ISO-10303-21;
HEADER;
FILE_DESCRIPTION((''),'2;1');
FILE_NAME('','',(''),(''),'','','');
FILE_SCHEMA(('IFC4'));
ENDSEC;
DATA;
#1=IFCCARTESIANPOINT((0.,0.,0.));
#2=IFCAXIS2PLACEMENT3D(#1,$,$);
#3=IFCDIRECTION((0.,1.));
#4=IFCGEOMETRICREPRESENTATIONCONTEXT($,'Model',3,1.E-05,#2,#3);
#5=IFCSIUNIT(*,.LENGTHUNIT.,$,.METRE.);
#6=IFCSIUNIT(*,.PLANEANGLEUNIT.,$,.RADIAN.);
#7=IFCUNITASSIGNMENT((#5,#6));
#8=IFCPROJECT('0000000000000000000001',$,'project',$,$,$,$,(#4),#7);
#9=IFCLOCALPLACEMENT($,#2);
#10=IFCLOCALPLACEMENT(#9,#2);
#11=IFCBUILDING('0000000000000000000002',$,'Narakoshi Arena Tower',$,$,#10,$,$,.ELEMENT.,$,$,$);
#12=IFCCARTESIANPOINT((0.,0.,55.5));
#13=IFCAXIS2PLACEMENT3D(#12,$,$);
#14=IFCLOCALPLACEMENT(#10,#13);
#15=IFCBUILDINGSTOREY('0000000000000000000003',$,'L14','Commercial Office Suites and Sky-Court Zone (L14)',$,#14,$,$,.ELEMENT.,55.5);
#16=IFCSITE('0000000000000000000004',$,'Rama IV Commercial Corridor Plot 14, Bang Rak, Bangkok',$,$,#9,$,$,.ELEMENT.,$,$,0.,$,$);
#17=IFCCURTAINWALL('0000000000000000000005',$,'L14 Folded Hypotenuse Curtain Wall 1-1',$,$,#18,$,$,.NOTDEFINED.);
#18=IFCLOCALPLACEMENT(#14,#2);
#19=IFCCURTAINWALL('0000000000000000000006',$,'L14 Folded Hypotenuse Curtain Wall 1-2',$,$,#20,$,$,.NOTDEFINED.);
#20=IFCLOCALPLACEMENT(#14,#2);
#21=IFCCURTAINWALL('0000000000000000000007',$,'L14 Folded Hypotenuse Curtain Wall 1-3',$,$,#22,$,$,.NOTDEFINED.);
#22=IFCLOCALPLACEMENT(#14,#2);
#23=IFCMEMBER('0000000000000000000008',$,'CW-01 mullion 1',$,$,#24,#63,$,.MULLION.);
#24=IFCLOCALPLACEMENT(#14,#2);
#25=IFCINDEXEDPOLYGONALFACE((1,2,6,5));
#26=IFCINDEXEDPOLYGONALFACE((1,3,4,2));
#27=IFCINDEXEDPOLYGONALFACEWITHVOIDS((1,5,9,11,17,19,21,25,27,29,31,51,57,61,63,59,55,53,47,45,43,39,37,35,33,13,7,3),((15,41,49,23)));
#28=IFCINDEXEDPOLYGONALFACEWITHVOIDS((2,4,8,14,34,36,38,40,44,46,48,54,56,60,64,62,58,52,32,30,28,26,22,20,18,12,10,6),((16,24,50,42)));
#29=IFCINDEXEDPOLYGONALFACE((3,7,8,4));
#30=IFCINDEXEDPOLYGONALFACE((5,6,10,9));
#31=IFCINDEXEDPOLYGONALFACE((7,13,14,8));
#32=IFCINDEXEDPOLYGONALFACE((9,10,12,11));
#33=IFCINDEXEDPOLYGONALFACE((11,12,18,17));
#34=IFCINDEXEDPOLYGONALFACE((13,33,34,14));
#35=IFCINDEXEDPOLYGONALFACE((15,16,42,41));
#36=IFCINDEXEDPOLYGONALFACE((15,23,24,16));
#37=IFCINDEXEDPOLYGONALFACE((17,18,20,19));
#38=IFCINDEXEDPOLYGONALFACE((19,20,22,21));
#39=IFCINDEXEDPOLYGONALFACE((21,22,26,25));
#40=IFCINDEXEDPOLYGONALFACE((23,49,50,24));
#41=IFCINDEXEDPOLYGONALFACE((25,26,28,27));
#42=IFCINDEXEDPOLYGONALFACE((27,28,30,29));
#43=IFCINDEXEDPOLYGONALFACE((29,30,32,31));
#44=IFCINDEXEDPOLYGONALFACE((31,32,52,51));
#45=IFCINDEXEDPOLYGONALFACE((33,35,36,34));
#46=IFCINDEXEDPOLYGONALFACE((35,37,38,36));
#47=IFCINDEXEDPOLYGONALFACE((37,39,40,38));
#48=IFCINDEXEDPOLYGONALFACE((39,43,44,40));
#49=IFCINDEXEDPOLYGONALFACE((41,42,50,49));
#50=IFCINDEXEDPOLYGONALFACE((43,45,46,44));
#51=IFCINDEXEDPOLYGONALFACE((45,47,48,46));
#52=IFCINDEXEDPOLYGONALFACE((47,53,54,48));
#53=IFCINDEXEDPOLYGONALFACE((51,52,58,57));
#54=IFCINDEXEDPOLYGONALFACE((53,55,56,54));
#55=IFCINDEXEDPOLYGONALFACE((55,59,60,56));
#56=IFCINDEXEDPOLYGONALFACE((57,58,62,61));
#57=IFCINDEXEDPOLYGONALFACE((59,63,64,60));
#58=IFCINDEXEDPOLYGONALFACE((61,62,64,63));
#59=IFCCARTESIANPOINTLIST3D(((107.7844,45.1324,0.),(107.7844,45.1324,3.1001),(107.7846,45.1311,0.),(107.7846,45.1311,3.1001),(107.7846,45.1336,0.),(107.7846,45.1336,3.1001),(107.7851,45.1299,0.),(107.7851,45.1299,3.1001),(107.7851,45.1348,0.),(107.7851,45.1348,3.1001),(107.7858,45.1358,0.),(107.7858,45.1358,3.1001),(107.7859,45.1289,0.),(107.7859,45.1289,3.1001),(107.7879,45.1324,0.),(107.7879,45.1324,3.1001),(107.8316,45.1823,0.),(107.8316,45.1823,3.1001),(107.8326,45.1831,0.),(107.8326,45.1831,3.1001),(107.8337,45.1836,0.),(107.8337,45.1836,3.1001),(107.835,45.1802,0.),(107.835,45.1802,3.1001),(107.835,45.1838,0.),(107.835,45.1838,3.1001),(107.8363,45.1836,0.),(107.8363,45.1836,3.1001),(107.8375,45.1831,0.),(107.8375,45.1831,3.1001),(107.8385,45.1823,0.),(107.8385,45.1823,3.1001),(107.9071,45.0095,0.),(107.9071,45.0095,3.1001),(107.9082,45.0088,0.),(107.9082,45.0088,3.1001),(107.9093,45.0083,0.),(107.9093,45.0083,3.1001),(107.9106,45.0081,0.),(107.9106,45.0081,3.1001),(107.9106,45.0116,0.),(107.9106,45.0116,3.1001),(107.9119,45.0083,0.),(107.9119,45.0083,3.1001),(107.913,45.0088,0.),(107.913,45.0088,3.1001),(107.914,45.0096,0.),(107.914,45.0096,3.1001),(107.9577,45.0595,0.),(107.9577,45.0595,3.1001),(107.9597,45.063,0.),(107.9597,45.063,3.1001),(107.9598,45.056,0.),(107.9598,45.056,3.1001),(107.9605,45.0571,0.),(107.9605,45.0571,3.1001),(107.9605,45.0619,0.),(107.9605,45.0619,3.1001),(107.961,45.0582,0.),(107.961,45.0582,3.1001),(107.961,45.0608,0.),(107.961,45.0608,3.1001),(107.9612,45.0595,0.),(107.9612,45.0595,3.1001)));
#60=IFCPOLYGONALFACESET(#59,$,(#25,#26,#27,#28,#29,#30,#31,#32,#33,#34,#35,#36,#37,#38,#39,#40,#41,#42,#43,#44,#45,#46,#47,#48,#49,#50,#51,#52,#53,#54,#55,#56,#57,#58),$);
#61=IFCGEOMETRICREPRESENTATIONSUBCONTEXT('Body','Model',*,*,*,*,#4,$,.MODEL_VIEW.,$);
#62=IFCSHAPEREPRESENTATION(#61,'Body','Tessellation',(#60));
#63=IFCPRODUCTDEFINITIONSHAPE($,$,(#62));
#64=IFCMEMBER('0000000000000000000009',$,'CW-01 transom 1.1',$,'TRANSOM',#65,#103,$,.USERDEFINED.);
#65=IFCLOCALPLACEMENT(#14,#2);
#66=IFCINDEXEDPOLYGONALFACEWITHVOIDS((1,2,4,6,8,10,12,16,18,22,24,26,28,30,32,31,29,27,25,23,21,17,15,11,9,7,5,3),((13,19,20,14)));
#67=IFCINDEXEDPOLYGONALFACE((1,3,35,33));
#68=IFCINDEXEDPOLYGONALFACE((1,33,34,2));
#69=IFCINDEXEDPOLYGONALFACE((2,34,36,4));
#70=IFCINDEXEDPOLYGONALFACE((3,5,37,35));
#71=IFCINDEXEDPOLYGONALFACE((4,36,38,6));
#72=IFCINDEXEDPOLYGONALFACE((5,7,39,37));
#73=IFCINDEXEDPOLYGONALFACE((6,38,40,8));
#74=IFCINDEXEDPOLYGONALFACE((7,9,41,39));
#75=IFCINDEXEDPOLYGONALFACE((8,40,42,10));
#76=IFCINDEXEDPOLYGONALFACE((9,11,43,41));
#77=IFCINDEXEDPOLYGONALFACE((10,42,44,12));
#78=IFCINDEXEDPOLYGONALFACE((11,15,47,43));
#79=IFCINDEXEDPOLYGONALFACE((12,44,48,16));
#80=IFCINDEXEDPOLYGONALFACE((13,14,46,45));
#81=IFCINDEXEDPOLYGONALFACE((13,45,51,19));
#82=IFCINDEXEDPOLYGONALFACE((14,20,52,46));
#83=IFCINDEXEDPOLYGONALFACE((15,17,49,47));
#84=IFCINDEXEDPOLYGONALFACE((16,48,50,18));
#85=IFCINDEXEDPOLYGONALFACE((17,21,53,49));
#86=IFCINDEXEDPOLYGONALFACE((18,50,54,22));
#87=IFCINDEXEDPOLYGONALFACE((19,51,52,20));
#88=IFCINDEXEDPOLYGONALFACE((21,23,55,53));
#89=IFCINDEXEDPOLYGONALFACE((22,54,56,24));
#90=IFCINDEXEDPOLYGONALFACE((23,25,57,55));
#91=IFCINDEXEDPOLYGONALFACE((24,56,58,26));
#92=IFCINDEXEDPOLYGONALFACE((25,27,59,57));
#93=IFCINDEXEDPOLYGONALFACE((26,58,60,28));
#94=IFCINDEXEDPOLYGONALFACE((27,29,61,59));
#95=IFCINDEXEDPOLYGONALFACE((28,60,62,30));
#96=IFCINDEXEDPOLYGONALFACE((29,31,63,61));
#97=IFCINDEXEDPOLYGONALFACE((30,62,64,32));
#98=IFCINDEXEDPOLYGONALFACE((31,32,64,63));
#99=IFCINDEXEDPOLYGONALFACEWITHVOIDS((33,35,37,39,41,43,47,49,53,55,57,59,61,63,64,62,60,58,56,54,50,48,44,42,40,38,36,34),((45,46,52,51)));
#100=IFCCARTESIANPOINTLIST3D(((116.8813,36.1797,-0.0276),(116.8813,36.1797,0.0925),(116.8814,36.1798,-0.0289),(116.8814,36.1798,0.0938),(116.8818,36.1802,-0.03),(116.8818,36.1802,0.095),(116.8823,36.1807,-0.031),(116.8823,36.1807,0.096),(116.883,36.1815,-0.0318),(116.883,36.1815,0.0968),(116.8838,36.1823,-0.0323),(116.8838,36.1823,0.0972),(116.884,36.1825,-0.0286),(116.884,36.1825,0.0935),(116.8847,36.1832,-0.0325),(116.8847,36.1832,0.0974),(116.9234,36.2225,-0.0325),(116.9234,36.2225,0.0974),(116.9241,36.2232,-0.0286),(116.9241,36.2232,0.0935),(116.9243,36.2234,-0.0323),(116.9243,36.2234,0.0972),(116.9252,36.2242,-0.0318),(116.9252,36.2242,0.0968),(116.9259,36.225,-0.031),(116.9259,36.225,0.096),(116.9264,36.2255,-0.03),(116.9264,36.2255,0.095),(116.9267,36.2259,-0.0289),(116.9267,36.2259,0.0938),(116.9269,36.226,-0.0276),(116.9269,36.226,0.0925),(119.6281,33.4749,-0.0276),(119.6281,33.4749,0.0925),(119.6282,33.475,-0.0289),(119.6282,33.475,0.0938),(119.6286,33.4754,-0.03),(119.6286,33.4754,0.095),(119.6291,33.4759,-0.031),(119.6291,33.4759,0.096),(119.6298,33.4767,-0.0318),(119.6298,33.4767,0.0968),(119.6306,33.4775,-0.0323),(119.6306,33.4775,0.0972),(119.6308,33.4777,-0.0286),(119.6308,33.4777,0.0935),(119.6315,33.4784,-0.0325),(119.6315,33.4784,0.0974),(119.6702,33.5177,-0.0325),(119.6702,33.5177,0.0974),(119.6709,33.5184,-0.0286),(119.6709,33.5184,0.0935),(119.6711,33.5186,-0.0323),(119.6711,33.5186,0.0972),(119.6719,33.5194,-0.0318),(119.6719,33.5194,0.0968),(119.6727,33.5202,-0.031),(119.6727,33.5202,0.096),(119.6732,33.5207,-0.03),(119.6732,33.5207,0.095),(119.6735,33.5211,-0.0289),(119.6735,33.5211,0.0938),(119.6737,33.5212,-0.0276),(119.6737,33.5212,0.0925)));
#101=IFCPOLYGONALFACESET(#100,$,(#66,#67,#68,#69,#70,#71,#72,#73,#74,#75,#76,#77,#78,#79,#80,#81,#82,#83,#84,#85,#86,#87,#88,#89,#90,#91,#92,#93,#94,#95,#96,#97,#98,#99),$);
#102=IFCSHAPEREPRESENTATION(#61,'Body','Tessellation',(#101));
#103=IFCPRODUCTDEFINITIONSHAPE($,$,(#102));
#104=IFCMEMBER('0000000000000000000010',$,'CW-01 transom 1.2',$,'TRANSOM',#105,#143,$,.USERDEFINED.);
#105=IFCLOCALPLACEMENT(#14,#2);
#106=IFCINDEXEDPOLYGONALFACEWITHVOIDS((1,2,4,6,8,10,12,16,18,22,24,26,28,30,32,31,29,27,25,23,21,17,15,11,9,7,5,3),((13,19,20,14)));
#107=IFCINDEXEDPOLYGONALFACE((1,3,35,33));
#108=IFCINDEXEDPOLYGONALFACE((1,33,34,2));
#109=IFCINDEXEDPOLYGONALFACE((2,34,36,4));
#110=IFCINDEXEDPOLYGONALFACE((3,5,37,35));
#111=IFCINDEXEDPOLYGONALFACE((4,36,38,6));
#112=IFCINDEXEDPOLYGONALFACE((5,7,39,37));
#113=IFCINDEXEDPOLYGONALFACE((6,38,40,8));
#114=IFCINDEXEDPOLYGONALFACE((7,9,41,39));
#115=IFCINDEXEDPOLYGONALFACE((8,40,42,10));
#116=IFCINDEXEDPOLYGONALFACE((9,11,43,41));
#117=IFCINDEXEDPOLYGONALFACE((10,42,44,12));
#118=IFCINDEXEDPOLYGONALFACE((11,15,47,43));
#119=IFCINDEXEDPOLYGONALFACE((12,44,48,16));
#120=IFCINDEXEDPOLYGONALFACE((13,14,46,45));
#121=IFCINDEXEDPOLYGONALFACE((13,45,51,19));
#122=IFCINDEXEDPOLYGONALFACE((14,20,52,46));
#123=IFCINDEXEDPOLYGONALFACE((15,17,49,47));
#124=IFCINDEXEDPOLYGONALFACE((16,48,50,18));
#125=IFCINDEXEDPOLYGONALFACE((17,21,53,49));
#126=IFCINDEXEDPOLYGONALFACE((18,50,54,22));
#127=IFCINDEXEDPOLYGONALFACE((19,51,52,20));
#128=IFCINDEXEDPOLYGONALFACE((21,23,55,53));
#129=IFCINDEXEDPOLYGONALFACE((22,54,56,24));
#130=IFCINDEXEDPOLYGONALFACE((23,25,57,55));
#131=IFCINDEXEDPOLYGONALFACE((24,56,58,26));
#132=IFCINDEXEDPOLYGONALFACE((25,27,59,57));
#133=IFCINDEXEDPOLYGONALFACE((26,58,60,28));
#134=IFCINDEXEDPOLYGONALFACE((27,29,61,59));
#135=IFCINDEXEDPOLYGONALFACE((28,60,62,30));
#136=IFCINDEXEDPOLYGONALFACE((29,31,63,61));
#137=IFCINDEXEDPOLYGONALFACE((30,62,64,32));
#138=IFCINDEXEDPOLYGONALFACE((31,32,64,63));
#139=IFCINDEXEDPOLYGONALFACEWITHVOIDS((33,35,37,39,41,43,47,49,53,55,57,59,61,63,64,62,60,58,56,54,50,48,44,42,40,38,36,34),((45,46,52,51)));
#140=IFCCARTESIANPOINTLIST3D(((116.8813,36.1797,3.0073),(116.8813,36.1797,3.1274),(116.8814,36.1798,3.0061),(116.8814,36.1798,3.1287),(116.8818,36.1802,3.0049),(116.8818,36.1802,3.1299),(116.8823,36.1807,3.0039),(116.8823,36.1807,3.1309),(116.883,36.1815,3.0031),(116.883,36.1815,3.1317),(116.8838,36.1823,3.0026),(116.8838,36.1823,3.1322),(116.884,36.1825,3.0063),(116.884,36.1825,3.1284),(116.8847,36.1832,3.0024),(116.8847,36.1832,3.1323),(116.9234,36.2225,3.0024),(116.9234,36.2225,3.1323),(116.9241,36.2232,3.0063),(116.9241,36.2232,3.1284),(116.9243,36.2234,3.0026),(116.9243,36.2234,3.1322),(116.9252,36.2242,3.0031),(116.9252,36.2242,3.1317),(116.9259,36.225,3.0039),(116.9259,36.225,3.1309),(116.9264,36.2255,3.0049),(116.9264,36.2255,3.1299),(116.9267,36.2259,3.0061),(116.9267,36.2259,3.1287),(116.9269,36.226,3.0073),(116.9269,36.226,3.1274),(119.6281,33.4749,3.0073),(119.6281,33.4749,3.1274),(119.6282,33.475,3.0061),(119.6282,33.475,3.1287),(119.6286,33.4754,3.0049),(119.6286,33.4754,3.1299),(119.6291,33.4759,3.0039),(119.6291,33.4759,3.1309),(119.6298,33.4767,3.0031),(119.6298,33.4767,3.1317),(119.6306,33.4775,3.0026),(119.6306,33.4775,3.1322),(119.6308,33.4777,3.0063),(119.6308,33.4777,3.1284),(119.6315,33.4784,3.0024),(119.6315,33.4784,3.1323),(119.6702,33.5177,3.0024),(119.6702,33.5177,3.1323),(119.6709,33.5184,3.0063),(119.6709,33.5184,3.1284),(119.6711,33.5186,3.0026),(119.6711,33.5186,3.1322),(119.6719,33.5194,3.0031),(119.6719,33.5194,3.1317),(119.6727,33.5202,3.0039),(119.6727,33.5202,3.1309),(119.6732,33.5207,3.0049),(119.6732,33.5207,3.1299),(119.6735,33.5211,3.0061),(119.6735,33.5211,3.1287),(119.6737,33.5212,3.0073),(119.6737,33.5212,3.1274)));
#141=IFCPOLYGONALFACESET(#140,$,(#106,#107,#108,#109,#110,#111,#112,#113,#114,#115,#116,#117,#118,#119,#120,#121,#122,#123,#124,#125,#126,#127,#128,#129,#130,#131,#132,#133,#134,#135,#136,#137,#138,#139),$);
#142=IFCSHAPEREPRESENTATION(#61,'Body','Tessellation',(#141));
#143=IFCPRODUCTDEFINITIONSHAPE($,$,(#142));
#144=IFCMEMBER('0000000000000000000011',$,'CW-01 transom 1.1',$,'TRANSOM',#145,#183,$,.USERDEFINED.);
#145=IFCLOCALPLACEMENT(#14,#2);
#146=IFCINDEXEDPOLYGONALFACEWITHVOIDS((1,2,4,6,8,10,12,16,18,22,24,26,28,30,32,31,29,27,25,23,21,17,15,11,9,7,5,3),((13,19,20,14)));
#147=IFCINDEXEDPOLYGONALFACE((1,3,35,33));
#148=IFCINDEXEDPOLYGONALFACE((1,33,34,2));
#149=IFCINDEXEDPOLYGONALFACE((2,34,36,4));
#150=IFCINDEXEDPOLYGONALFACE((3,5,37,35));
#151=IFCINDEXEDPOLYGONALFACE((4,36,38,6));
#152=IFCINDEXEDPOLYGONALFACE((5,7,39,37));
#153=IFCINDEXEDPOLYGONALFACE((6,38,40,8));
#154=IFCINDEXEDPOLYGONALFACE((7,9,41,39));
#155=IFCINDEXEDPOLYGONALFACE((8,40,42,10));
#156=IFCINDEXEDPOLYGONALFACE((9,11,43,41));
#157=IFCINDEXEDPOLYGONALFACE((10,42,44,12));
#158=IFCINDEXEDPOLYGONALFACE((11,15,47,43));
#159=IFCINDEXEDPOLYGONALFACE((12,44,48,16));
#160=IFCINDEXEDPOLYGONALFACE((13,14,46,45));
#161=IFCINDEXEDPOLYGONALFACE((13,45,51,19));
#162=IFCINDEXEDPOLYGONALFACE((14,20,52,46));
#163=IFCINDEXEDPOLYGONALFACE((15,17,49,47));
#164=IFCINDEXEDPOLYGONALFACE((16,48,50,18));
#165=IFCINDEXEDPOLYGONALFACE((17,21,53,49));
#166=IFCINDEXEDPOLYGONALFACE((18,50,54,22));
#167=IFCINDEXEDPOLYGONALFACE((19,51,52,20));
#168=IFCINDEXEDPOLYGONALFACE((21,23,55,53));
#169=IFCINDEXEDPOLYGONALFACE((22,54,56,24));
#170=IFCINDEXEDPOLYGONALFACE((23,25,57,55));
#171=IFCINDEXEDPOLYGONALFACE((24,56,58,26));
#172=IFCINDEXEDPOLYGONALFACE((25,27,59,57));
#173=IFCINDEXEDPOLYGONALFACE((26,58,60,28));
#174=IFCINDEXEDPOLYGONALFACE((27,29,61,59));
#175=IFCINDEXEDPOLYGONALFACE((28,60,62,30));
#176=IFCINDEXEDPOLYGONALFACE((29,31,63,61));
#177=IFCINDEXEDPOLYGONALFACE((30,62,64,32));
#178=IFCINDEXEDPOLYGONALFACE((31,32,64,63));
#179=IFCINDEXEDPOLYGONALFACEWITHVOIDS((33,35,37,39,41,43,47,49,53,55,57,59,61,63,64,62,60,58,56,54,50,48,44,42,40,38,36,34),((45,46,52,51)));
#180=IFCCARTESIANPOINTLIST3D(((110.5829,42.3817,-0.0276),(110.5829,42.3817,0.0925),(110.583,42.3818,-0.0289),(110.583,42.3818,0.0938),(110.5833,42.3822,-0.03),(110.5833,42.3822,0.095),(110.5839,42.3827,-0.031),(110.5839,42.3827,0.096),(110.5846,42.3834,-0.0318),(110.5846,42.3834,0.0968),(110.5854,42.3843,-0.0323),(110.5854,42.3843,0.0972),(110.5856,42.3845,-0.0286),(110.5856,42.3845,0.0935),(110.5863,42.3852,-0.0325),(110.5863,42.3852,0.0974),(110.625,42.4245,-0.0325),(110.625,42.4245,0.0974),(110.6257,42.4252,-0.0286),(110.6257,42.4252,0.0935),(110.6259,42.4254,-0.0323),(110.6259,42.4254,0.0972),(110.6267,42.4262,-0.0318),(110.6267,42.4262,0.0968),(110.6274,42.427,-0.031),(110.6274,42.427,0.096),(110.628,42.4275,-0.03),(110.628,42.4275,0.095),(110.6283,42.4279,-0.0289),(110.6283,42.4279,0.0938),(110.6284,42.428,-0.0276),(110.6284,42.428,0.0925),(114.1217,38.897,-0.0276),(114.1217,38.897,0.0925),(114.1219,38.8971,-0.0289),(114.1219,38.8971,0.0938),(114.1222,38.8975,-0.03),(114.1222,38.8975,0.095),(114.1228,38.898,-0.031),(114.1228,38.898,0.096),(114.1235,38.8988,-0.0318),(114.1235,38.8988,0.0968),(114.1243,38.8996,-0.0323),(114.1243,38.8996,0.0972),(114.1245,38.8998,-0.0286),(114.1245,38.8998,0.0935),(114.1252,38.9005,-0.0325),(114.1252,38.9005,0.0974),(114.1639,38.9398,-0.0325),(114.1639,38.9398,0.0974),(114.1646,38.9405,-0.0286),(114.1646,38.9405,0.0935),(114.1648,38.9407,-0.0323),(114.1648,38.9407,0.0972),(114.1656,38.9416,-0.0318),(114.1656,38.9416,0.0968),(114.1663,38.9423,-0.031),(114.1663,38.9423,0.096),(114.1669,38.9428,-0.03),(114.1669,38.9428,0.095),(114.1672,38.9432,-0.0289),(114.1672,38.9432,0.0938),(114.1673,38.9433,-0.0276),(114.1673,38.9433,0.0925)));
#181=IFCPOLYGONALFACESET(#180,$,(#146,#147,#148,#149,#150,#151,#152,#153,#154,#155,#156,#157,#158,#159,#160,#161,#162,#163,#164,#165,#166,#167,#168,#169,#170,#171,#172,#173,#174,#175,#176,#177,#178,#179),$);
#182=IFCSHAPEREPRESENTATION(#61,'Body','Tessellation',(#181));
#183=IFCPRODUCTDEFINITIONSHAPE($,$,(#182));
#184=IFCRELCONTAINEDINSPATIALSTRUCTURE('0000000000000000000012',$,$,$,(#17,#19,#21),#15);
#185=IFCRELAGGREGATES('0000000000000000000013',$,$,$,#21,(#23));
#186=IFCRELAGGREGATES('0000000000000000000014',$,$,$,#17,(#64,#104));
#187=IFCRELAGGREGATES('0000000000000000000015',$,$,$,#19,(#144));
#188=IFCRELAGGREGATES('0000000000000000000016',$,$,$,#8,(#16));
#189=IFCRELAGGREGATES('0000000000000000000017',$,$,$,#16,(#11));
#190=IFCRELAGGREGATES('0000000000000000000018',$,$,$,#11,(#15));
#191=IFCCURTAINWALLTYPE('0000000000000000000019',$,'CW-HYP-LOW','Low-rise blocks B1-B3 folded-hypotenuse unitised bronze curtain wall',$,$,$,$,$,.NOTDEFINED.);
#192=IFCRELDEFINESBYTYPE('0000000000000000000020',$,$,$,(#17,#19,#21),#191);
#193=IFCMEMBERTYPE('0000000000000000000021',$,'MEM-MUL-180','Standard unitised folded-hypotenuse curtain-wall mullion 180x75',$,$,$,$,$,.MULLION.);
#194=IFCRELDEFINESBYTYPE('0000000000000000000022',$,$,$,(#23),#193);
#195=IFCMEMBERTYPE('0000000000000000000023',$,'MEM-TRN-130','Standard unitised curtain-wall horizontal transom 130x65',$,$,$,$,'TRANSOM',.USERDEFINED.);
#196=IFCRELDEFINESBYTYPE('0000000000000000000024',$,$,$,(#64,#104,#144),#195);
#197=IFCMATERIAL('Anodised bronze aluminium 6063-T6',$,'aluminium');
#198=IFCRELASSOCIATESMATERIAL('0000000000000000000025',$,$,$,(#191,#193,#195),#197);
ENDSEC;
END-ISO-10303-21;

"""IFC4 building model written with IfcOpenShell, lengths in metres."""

from ifc_helpers import new_model, si_unit, direction, frame, origin, origin_2d, place, context, subcontext, project, spatial, hollow_rectangle, extrude, material, material_profile, profile_set, type_object, element, aggregate, save


model = new_model("IFC4")

# Units and contexts
model_context = context("Model", 3, precision=1e-05, world=origin(), true_north=direction((0.0, 1.0)))
body_context = subcontext(model_context, "Body", "Model", "MODEL_VIEW")
ifc_project = project(units=[si_unit("LENGTHUNIT", "METRE"), si_unit("PLANEANGLEUNIT", "RADIAN")], contexts=[model_context])

# Site, building, storey
site_placement = place(None, origin())
site = spatial("IfcSite", under=ifc_project, at=site_placement, Name="Rama IV Commercial Corridor Plot 14, Bang Rak, Bangkok", CompositionType="ELEMENT", RefElevation=0.0)
building_placement = place(site_placement, origin())
building = spatial("IfcBuilding", under=site, at=building_placement, Name="Narakoshi Arena Tower", CompositionType="ELEMENT")
storey_placement = place(building_placement, frame((0.0, 0.0, 55.5)))
storey = spatial("IfcBuildingStorey", under=building, at=storey_placement, Name="L14", Description="Commercial Office Suites and Sky-Court Zone (L14)", CompositionType="ELEMENT", Elevation=55.5)

# Curtain walls
ifc_material_1 = material(Name="Anodised bronze aluminium 6063-T6", Category="aluminium")
curtain_wall_type = type_object("IfcCurtainWallType", Name="CW-HYP-LOW", Description="Low-rise blocks B1-B3 folded-hypotenuse unitised bronze curtain wall", PredefinedType="NOTDEFINED", material=ifc_material_1)
curtain_wall_1_placement = place(storey_placement, origin())
curtain_wall_1 = element("IfcCurtainWall", 1, at=curtain_wall_1_placement, inside=storey, type_object=curtain_wall_type, Name="L14 Folded Hypotenuse Curtain Wall 1-1", PredefinedType="NOTDEFINED")
ifc_material_profile_1 = material_profile(ifc_material_1, hollow_rectangle(XDim=0.075, YDim=0.1799, WallThickness=0.0039, OuterFilletRadius=0.0049, at=origin_2d()), Name="MUL180x75x4")
ifc_profile_set_1 = profile_set([ifc_material_profile_1], Name="Anodised bronze aluminium 6063-T6")
member_type_1 = type_object("IfcMemberType", Name="MEM-MUL-180", Description="Standard unitised folded-hypotenuse curtain-wall mullion 180x75", PredefinedType="MULLION", material=ifc_profile_set_1)
curtain_wall_2_placement = place(storey_placement, origin())
curtain_wall_2 = element("IfcCurtainWall", 2, at=curtain_wall_2_placement, inside=storey, type_object=curtain_wall_type, Name="L14 Folded Hypotenuse Curtain Wall 1-2", PredefinedType="NOTDEFINED")

# Curtain wall, member
curtain_wall_3_placement = place(storey_placement, origin())
curtain_wall_3 = element("IfcCurtainWall", 3, at=curtain_wall_3_placement, inside=storey, type_object=curtain_wall_type, Name="L14 Folded Hypotenuse Curtain Wall 1-3", PredefinedType="NOTDEFINED")
member_1_placement = place(storey_placement, frame((107.8728, 45.0959, 0.0), z_axis=(0.0, 0.0, 1.0), x_axis=(-0.701633, -0.712539, 0.0)))
member_1 = element("IfcMember", 4, at=member_1_placement, type_object=member_type_1, Name="CW-01 mullion 1", PredefinedType="MULLION", context=body_context, shape_type="SweptSolid", body=[
    extrude(hollow_rectangle(XDim=0.075, YDim=0.1799, WallThickness=0.0039, OuterFilletRadius=0.0049, at=origin_2d()), origin(), (0.0, 0.0, 1.0), 3.1001),
])

# Members
ifc_material_profile_2 = material_profile(ifc_material_1, hollow_rectangle(XDim=0.0649, YDim=0.1299, WallThickness=0.0039, OuterFilletRadius=0.0049, at=origin_2d()), Name="TRN130x65x4")
ifc_profile_set_2 = profile_set([ifc_material_profile_2], Name="Anodised bronze aluminium 6063-T6")
member_type_2 = type_object("IfcMemberType", Name="MEM-TRN-130", Description="Standard unitised curtain-wall horizontal transom 130x65", ElementType="TRANSOM", PredefinedType="USERDEFINED", material=ifc_profile_set_2)
member_2_placement = place(storey_placement, frame((119.6509, 33.498, 0.0325), z_axis=(-0.712532, 0.701639, 0.0), x_axis=(-0.701639, -0.712532, 0.0)))
member_2 = element("IfcMember", 5, at=member_2_placement, type_object=member_type_2, Name="CW-01 transom 1.1", ObjectType="TRANSOM", PredefinedType="USERDEFINED", context=body_context, shape_type="SweptSolid", body=[
    extrude(hollow_rectangle(XDim=0.0649, YDim=0.1299, WallThickness=0.0039, OuterFilletRadius=0.0049, at=origin_2d()), origin(), (0.0, 0.0, 1.0), 3.855),
])
member_3_placement = place(storey_placement, frame((119.6509, 33.498, 3.0674), z_axis=(-0.712532, 0.701639, 0.0), x_axis=(-0.701639, -0.712532, 0.0)))
member_3 = element("IfcMember", 6, at=member_3_placement, type_object=member_type_2, Name="CW-01 transom 1.2", ObjectType="TRANSOM", PredefinedType="USERDEFINED", context=body_context, shape_type="SweptSolid", body=[
    extrude(hollow_rectangle(XDim=0.0649, YDim=0.1299, WallThickness=0.0039, OuterFilletRadius=0.0049, at=origin_2d()), origin(), (0.0, 0.0, 1.0), 3.855),
])
member_4_placement = place(storey_placement, frame((114.1445, 38.9202, 0.0325), z_axis=(-0.712542, 0.701629, 0.0), x_axis=(-0.701629, -0.712542, 0.0)))
member_4 = element("IfcMember", 7, at=member_4_placement, type_object=member_type_2, Name="CW-01 transom 1.1", ObjectType="TRANSOM", PredefinedType="USERDEFINED", context=body_context, shape_type="SweptSolid", body=[
    extrude(hollow_rectangle(XDim=0.0649, YDim=0.1299, WallThickness=0.0039, OuterFilletRadius=0.0049, at=origin_2d()), origin(), (0.0, 0.0, 1.0), 4.9666),
])
aggregate(curtain_wall_3, [member_1])

aggregate(curtain_wall_1, [member_2, member_3])
aggregate(curtain_wall_2, [member_4])

save(model, "model.ifc")
